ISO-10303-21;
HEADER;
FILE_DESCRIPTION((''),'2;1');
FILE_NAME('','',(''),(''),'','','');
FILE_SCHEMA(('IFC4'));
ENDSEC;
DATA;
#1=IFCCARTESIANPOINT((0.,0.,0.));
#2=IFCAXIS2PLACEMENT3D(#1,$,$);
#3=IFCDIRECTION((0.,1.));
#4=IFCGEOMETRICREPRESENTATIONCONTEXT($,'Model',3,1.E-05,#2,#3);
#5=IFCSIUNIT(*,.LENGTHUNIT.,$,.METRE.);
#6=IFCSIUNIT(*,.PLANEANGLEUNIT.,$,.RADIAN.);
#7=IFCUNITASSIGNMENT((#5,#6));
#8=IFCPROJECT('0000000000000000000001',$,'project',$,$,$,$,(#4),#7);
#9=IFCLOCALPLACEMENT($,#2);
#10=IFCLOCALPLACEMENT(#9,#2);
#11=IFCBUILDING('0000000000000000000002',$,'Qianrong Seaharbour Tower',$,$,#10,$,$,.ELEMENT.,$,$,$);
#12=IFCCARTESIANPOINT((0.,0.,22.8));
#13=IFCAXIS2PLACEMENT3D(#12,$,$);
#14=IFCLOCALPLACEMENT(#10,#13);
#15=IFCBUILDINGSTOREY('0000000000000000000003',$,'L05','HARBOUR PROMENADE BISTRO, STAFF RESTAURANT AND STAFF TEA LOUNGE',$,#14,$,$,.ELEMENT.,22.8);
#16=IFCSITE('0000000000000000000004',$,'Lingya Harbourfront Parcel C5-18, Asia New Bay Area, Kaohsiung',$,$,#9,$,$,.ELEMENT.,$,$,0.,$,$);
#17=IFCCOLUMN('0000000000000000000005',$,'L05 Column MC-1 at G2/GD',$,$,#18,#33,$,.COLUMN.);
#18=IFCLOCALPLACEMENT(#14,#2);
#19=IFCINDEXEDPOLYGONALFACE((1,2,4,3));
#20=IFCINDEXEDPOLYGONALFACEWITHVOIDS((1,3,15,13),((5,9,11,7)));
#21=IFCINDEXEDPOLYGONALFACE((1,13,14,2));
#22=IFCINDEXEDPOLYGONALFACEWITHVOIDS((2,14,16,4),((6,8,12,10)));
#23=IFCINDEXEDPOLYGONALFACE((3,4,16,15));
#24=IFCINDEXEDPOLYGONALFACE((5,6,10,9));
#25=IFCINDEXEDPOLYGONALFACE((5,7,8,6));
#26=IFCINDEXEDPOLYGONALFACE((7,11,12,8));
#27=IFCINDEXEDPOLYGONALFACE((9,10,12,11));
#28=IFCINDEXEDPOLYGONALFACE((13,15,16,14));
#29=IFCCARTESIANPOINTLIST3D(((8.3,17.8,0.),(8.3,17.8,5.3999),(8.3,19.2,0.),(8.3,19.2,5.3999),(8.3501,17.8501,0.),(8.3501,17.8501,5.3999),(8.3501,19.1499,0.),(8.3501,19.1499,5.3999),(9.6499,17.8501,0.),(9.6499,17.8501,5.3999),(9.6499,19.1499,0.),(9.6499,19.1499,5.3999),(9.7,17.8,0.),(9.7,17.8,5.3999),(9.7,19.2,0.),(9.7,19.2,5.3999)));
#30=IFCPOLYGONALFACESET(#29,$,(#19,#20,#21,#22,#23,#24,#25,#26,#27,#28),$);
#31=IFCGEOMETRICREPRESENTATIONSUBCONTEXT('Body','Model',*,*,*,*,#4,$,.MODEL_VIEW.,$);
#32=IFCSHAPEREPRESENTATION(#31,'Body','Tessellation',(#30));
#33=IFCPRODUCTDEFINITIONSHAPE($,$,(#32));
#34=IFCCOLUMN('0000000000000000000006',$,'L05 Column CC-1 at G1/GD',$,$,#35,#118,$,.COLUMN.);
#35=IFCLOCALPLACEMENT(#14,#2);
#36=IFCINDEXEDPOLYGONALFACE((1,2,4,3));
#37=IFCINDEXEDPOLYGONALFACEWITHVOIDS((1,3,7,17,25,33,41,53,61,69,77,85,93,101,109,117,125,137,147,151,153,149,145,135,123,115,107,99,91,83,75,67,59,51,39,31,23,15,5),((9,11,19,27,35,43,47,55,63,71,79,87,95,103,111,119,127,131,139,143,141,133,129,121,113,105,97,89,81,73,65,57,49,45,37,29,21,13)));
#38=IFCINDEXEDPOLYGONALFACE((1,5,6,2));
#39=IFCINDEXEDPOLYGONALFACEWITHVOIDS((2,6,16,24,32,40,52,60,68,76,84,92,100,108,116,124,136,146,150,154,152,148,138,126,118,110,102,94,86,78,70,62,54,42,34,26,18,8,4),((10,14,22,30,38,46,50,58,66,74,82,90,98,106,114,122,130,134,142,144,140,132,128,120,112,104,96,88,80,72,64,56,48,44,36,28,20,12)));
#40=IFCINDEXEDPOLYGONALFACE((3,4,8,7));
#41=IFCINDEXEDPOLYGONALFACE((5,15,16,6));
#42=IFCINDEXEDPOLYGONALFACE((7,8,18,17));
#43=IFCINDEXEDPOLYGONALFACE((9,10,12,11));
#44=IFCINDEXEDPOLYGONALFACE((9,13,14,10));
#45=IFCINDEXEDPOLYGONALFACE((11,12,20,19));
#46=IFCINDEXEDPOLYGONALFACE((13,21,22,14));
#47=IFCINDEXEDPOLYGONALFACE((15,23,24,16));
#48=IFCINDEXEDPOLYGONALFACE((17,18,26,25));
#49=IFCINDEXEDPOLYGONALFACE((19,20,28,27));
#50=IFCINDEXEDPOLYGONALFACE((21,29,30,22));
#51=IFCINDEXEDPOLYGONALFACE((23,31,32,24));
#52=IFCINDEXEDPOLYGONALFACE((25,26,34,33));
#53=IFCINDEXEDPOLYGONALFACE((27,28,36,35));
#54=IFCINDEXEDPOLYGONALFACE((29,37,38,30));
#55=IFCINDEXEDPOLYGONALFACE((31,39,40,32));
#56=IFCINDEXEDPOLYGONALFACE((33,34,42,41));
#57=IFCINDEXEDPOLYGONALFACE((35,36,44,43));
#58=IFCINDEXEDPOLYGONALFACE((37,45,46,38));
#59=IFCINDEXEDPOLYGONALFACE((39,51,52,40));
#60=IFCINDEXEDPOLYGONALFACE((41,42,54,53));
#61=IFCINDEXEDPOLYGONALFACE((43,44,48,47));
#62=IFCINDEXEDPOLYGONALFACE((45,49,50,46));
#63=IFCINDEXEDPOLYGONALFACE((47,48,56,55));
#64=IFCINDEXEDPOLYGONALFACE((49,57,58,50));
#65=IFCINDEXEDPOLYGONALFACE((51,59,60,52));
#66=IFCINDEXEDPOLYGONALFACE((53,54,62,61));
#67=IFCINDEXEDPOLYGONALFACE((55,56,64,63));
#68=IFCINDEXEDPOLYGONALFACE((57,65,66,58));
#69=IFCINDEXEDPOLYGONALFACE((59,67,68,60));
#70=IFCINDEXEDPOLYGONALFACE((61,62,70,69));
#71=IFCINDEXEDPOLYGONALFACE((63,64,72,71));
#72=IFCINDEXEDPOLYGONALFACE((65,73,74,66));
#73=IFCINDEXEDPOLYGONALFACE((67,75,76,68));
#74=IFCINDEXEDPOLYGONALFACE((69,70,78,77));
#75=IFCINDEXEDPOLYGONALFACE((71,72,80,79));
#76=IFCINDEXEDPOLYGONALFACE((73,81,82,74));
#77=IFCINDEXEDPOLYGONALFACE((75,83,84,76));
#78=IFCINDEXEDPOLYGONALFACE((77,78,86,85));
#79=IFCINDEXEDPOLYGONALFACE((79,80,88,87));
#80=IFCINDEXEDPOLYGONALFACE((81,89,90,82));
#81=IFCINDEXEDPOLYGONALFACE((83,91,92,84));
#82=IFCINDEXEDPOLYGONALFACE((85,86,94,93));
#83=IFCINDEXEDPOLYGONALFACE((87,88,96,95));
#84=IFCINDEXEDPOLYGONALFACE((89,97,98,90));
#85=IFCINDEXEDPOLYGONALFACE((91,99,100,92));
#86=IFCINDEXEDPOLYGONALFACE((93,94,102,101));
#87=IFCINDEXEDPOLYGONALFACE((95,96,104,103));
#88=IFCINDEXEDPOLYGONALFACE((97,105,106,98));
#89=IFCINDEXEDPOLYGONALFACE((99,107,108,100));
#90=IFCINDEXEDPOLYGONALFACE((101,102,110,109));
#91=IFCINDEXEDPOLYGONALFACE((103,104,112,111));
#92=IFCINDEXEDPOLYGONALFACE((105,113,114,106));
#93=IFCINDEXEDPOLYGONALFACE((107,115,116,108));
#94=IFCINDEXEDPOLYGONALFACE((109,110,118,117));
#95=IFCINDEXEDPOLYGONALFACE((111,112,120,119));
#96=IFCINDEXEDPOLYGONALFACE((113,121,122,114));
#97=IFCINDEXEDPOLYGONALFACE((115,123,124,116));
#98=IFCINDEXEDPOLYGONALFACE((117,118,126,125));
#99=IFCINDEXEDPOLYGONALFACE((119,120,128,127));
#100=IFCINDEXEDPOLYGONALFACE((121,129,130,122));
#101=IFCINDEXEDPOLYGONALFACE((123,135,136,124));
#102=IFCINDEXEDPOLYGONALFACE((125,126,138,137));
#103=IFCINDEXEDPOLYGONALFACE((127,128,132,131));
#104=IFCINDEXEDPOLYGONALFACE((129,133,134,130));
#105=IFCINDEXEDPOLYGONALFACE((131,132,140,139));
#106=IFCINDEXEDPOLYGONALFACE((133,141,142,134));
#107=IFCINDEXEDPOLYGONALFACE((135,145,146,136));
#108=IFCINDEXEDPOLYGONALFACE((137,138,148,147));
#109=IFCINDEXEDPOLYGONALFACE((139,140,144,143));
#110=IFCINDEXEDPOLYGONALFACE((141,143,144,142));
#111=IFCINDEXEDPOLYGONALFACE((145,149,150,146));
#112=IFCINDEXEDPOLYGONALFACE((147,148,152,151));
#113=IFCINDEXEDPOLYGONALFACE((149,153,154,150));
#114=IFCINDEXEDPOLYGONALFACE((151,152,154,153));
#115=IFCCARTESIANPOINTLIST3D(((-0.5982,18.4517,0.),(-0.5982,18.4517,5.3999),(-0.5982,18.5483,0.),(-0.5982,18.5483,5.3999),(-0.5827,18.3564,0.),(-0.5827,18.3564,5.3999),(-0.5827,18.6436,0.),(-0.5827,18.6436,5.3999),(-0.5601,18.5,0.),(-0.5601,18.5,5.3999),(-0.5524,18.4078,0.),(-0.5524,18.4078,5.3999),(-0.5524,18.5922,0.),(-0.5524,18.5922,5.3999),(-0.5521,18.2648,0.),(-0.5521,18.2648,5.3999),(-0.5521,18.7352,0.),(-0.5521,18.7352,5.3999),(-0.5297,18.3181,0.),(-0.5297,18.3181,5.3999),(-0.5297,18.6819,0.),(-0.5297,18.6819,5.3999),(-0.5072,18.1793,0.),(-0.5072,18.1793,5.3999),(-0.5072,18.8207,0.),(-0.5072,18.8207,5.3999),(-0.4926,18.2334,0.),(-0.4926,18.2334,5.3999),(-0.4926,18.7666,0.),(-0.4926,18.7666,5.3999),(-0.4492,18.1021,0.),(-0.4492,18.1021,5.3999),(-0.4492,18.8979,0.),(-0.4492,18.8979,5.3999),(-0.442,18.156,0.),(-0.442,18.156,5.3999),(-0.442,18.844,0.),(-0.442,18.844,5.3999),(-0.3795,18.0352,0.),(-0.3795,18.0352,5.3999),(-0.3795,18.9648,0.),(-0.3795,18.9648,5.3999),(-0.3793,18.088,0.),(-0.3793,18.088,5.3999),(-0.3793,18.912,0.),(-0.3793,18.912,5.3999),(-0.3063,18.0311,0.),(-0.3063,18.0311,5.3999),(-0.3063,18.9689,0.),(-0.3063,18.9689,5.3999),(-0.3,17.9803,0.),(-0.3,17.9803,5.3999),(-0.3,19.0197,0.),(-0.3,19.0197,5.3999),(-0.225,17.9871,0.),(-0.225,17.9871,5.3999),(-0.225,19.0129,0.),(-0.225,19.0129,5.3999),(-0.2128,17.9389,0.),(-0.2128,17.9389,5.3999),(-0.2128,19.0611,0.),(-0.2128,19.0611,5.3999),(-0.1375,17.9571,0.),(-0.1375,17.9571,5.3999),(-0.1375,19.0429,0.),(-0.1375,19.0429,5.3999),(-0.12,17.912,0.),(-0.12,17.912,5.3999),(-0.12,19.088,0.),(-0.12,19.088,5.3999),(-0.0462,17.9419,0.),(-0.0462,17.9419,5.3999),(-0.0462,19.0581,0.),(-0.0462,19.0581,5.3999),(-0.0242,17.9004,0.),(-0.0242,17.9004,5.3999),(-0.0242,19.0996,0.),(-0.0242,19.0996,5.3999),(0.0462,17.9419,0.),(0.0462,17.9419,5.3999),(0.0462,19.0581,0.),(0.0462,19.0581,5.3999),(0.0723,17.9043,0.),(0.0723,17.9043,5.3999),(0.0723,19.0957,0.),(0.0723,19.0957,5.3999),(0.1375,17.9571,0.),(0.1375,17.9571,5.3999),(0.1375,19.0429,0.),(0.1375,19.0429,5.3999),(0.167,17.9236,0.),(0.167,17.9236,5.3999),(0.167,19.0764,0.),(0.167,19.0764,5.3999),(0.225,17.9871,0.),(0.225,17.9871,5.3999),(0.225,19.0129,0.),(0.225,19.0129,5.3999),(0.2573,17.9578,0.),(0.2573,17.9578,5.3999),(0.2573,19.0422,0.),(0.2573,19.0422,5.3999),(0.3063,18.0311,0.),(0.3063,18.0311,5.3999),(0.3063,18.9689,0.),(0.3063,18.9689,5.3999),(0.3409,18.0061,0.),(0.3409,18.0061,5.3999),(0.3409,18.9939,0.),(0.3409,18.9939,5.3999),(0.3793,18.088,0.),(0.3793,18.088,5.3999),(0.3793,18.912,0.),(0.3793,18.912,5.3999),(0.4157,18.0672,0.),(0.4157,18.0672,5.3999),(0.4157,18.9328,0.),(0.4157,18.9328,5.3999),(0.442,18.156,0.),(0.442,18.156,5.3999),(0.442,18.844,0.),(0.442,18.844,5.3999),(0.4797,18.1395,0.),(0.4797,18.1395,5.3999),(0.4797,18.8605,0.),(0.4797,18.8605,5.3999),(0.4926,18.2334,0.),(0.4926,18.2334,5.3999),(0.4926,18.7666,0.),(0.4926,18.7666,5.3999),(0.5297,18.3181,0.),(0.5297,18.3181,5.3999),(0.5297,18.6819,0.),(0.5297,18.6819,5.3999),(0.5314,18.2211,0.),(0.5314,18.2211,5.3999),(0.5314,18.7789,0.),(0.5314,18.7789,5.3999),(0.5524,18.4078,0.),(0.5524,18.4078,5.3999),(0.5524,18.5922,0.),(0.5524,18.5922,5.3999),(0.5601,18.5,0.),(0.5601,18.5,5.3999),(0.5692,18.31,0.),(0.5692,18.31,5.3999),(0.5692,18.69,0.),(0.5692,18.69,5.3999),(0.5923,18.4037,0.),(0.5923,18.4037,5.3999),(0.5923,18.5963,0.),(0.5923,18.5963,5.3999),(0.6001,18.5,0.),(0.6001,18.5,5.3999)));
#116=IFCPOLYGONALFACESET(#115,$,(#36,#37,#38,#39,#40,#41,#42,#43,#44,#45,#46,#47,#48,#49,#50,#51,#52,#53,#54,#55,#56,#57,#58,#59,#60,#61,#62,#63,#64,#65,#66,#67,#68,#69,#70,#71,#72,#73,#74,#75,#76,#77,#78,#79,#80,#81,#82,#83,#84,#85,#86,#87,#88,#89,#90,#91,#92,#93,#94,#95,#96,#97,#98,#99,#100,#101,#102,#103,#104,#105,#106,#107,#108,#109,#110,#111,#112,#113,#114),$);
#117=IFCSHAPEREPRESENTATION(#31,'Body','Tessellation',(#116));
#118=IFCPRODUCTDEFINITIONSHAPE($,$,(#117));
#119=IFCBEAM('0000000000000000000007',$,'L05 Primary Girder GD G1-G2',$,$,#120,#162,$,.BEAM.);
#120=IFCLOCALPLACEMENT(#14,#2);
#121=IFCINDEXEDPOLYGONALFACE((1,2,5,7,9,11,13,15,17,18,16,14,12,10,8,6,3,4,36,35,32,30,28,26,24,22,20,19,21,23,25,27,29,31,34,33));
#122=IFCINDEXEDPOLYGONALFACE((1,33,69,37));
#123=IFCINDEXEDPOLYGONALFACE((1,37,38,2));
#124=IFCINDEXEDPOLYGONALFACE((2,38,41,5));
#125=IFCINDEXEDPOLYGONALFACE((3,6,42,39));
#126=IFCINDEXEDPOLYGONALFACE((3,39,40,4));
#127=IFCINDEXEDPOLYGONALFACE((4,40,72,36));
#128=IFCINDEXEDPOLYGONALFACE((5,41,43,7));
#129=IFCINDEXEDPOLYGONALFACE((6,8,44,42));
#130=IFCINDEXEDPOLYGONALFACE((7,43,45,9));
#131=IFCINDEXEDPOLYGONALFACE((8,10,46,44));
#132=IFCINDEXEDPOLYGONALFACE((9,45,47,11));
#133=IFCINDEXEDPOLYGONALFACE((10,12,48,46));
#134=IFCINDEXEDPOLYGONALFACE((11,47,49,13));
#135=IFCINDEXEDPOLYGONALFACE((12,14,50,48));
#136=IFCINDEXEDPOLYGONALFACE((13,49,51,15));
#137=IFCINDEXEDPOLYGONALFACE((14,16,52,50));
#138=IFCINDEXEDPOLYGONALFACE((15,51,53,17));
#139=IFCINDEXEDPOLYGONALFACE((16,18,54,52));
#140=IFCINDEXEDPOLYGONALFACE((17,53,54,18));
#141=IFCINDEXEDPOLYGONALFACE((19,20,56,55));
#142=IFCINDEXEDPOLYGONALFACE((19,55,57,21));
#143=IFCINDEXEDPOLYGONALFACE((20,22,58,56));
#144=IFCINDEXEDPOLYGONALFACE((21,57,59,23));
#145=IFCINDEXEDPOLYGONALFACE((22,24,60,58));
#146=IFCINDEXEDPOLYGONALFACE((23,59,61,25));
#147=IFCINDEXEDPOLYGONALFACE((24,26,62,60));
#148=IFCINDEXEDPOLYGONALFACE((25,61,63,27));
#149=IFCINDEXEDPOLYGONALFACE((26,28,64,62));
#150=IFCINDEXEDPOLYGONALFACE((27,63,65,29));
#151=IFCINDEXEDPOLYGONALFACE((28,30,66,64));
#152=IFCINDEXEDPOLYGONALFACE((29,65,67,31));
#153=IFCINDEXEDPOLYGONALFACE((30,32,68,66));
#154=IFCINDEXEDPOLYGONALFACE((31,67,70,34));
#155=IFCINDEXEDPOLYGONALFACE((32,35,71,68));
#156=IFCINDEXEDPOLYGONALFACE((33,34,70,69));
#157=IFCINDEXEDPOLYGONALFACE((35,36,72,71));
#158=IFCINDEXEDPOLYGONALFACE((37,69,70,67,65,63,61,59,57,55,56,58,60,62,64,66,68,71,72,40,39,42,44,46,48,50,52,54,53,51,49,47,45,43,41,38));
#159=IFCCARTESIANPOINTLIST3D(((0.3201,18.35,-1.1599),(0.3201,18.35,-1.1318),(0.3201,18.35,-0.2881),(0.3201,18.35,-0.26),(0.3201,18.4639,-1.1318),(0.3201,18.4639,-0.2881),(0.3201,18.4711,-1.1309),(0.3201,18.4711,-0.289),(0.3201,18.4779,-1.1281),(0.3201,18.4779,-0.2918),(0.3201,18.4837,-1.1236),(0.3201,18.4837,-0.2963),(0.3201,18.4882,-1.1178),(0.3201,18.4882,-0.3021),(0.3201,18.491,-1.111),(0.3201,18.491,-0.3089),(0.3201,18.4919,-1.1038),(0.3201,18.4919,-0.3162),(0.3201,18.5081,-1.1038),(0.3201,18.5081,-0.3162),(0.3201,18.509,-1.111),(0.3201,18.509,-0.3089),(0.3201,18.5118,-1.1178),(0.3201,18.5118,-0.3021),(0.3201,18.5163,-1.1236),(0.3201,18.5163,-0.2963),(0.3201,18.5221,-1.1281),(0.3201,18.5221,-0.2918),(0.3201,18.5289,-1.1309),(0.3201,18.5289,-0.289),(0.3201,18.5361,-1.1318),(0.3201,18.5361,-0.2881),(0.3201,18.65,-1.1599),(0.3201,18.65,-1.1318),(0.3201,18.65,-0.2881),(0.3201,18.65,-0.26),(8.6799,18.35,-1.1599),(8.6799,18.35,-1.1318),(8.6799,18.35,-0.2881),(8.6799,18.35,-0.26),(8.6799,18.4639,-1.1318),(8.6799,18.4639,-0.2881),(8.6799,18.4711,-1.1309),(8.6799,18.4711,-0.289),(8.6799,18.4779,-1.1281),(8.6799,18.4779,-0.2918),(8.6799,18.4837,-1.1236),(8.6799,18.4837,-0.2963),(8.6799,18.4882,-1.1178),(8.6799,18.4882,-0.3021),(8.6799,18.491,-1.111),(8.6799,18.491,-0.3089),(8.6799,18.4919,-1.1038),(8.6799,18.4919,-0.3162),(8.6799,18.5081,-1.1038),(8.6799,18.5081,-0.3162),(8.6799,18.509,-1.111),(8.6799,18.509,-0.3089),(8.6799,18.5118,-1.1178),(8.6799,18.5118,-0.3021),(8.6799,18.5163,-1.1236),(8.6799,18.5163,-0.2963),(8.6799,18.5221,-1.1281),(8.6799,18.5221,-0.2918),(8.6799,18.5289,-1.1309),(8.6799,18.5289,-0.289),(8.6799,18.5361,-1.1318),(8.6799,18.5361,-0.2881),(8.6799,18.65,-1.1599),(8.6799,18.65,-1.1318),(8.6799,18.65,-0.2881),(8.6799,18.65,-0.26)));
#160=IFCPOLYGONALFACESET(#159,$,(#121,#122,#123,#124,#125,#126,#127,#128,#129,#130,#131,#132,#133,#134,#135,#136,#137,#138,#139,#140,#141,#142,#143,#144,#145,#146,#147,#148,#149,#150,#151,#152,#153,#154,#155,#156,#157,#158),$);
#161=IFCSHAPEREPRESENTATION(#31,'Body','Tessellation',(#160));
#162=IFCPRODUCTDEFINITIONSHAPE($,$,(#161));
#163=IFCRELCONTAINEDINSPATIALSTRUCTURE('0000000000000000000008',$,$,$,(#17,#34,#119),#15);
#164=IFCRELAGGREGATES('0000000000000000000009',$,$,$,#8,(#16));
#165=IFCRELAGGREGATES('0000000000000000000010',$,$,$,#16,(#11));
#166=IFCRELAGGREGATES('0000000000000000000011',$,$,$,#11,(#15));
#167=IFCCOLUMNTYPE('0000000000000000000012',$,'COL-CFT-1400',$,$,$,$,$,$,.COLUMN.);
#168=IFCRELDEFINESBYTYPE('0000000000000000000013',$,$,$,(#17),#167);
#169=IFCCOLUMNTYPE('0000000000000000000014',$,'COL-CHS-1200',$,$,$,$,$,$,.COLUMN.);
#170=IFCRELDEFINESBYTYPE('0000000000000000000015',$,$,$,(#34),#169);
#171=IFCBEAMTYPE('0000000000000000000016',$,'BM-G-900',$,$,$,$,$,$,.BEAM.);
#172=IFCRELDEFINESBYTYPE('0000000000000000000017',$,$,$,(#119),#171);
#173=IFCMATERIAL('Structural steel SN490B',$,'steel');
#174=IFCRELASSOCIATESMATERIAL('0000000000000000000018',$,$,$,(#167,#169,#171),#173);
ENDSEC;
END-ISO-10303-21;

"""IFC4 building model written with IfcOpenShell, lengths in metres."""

from ifc_helpers import new_model, si_unit, direction, frame, origin, origin_2d, place, context, subcontext, project, spatial, hollow_rectangle, hollow_circle, i_section, extrude, material, material_profile, profile_set, type_object, element, save


model = new_model("IFC4")

# Units and contexts
model_context = context("Model", 3, precision=1e-05, world=origin(), true_north=direction((0.0, 1.0)))
body_context = subcontext(model_context, "Body", "Model", "MODEL_VIEW")
ifc_project = project(units=[si_unit("LENGTHUNIT", "METRE"), si_unit("PLANEANGLEUNIT", "RADIAN")], contexts=[model_context])

# Site, building, storey
site_placement = place(None, origin())
site = spatial("IfcSite", under=ifc_project, at=site_placement, Name="Lingya Harbourfront Parcel C5-18, Asia New Bay Area, Kaohsiung", CompositionType="ELEMENT", RefElevation=0.0)
building_placement = place(site_placement, origin())
building = spatial("IfcBuilding", under=site, at=building_placement, Name="Qianrong Seaharbour Tower", CompositionType="ELEMENT")
storey_placement = place(building_placement, frame((0.0, 0.0, 22.8)))
storey = spatial("IfcBuildingStorey", under=building, at=storey_placement, Name="L05", Description="HARBOUR PROMENADE BISTRO, STAFF RESTAURANT AND STAFF TEA LOUNGE", CompositionType="ELEMENT", Elevation=22.8)

# Columns
ifc_material_1 = material(Name="Structural steel SN490B", Category="steel")
ifc_material_profile_1 = material_profile(ifc_material_1, hollow_rectangle(XDim=1.3999, YDim=1.3999, WallThickness=0.05, at=origin_2d()), Name="BOX1400x1400x50")
ifc_profile_set_1 = profile_set([ifc_material_profile_1], Name="Structural steel SN490B")
column_type_1 = type_object("IfcColumnType", Name="COL-CFT-1400", PredefinedType="COLUMN", material=ifc_profile_set_1)
column_1_placement = place(storey_placement, frame((9.0, 18.5, 0.0), z_axis=(0.0, 0.0, 1.0), x_axis=(1.0, 0.0, 0.0)))
element("IfcColumn", 1, at=column_1_placement, inside=storey, type_object=column_type_1, Name="L05 Column MC-1 at G2/GD", PredefinedType="COLUMN", context=body_context, shape_type="SweptSolid", body=[
    extrude(hollow_rectangle(XDim=1.3999, YDim=1.3999, WallThickness=0.05, at=origin_2d()), origin(), (0.0, 0.0, 1.0), 5.3999),
])
ifc_material_profile_2 = material_profile(ifc_material_1, hollow_circle(Radius=0.6001, WallThickness=0.04, at=origin_2d()), Name="CHS1200x40")
ifc_profile_set_2 = profile_set([ifc_material_profile_2], Name="Structural steel SN490B")
column_type_2 = type_object("IfcColumnType", Name="COL-CHS-1200", PredefinedType="COLUMN", material=ifc_profile_set_2)
column_2_placement = place(storey_placement, frame((0.0, 18.5, 0.0), z_axis=(0.0, 0.0, 1.0), x_axis=(1.0, 0.0, 0.0)))
element("IfcColumn", 2, at=column_2_placement, inside=storey, type_object=column_type_2, Name="L05 Column CC-1 at G1/GD", PredefinedType="COLUMN", context=body_context, shape_type="SweptSolid", body=[
    extrude(hollow_circle(Radius=0.6001, WallThickness=0.04, at=origin_2d()), origin(), (0.0, 0.0, 1.0), 5.3999),
])

# Beam
ifc_material_profile_3 = material_profile(ifc_material_1, i_section(OverallWidth=0.3, OverallDepth=0.8999, WebThickness=0.0161, FlangeThickness=0.0281, FilletRadius=0.0281, at=origin_2d()), Name="H900x300x16x28")
ifc_profile_set_3 = profile_set([ifc_material_profile_3], Name="Structural steel SN490B")
beam_type = type_object("IfcBeamType", Name="BM-G-900", PredefinedType="BEAM", material=ifc_profile_set_3)
beam_1_placement = place(storey_placement, frame((0.3201, 18.5, -0.71), z_axis=(1.0, 0.0, 0.0), x_axis=(0.0, 1.0, 0.0)))
element("IfcBeam", 3, at=beam_1_placement, inside=storey, type_object=beam_type, Name="L05 Primary Girder GD G1-G2", PredefinedType="BEAM", context=body_context, shape_type="SweptSolid", body=[
    extrude(i_section(OverallWidth=0.3, OverallDepth=0.8999, WebThickness=0.0161, FlangeThickness=0.0281, FilletRadius=0.0281, at=origin_2d()), origin(), (0.0, 0.0, 1.0), 8.3599),
])

save(model, "model.ifc")
